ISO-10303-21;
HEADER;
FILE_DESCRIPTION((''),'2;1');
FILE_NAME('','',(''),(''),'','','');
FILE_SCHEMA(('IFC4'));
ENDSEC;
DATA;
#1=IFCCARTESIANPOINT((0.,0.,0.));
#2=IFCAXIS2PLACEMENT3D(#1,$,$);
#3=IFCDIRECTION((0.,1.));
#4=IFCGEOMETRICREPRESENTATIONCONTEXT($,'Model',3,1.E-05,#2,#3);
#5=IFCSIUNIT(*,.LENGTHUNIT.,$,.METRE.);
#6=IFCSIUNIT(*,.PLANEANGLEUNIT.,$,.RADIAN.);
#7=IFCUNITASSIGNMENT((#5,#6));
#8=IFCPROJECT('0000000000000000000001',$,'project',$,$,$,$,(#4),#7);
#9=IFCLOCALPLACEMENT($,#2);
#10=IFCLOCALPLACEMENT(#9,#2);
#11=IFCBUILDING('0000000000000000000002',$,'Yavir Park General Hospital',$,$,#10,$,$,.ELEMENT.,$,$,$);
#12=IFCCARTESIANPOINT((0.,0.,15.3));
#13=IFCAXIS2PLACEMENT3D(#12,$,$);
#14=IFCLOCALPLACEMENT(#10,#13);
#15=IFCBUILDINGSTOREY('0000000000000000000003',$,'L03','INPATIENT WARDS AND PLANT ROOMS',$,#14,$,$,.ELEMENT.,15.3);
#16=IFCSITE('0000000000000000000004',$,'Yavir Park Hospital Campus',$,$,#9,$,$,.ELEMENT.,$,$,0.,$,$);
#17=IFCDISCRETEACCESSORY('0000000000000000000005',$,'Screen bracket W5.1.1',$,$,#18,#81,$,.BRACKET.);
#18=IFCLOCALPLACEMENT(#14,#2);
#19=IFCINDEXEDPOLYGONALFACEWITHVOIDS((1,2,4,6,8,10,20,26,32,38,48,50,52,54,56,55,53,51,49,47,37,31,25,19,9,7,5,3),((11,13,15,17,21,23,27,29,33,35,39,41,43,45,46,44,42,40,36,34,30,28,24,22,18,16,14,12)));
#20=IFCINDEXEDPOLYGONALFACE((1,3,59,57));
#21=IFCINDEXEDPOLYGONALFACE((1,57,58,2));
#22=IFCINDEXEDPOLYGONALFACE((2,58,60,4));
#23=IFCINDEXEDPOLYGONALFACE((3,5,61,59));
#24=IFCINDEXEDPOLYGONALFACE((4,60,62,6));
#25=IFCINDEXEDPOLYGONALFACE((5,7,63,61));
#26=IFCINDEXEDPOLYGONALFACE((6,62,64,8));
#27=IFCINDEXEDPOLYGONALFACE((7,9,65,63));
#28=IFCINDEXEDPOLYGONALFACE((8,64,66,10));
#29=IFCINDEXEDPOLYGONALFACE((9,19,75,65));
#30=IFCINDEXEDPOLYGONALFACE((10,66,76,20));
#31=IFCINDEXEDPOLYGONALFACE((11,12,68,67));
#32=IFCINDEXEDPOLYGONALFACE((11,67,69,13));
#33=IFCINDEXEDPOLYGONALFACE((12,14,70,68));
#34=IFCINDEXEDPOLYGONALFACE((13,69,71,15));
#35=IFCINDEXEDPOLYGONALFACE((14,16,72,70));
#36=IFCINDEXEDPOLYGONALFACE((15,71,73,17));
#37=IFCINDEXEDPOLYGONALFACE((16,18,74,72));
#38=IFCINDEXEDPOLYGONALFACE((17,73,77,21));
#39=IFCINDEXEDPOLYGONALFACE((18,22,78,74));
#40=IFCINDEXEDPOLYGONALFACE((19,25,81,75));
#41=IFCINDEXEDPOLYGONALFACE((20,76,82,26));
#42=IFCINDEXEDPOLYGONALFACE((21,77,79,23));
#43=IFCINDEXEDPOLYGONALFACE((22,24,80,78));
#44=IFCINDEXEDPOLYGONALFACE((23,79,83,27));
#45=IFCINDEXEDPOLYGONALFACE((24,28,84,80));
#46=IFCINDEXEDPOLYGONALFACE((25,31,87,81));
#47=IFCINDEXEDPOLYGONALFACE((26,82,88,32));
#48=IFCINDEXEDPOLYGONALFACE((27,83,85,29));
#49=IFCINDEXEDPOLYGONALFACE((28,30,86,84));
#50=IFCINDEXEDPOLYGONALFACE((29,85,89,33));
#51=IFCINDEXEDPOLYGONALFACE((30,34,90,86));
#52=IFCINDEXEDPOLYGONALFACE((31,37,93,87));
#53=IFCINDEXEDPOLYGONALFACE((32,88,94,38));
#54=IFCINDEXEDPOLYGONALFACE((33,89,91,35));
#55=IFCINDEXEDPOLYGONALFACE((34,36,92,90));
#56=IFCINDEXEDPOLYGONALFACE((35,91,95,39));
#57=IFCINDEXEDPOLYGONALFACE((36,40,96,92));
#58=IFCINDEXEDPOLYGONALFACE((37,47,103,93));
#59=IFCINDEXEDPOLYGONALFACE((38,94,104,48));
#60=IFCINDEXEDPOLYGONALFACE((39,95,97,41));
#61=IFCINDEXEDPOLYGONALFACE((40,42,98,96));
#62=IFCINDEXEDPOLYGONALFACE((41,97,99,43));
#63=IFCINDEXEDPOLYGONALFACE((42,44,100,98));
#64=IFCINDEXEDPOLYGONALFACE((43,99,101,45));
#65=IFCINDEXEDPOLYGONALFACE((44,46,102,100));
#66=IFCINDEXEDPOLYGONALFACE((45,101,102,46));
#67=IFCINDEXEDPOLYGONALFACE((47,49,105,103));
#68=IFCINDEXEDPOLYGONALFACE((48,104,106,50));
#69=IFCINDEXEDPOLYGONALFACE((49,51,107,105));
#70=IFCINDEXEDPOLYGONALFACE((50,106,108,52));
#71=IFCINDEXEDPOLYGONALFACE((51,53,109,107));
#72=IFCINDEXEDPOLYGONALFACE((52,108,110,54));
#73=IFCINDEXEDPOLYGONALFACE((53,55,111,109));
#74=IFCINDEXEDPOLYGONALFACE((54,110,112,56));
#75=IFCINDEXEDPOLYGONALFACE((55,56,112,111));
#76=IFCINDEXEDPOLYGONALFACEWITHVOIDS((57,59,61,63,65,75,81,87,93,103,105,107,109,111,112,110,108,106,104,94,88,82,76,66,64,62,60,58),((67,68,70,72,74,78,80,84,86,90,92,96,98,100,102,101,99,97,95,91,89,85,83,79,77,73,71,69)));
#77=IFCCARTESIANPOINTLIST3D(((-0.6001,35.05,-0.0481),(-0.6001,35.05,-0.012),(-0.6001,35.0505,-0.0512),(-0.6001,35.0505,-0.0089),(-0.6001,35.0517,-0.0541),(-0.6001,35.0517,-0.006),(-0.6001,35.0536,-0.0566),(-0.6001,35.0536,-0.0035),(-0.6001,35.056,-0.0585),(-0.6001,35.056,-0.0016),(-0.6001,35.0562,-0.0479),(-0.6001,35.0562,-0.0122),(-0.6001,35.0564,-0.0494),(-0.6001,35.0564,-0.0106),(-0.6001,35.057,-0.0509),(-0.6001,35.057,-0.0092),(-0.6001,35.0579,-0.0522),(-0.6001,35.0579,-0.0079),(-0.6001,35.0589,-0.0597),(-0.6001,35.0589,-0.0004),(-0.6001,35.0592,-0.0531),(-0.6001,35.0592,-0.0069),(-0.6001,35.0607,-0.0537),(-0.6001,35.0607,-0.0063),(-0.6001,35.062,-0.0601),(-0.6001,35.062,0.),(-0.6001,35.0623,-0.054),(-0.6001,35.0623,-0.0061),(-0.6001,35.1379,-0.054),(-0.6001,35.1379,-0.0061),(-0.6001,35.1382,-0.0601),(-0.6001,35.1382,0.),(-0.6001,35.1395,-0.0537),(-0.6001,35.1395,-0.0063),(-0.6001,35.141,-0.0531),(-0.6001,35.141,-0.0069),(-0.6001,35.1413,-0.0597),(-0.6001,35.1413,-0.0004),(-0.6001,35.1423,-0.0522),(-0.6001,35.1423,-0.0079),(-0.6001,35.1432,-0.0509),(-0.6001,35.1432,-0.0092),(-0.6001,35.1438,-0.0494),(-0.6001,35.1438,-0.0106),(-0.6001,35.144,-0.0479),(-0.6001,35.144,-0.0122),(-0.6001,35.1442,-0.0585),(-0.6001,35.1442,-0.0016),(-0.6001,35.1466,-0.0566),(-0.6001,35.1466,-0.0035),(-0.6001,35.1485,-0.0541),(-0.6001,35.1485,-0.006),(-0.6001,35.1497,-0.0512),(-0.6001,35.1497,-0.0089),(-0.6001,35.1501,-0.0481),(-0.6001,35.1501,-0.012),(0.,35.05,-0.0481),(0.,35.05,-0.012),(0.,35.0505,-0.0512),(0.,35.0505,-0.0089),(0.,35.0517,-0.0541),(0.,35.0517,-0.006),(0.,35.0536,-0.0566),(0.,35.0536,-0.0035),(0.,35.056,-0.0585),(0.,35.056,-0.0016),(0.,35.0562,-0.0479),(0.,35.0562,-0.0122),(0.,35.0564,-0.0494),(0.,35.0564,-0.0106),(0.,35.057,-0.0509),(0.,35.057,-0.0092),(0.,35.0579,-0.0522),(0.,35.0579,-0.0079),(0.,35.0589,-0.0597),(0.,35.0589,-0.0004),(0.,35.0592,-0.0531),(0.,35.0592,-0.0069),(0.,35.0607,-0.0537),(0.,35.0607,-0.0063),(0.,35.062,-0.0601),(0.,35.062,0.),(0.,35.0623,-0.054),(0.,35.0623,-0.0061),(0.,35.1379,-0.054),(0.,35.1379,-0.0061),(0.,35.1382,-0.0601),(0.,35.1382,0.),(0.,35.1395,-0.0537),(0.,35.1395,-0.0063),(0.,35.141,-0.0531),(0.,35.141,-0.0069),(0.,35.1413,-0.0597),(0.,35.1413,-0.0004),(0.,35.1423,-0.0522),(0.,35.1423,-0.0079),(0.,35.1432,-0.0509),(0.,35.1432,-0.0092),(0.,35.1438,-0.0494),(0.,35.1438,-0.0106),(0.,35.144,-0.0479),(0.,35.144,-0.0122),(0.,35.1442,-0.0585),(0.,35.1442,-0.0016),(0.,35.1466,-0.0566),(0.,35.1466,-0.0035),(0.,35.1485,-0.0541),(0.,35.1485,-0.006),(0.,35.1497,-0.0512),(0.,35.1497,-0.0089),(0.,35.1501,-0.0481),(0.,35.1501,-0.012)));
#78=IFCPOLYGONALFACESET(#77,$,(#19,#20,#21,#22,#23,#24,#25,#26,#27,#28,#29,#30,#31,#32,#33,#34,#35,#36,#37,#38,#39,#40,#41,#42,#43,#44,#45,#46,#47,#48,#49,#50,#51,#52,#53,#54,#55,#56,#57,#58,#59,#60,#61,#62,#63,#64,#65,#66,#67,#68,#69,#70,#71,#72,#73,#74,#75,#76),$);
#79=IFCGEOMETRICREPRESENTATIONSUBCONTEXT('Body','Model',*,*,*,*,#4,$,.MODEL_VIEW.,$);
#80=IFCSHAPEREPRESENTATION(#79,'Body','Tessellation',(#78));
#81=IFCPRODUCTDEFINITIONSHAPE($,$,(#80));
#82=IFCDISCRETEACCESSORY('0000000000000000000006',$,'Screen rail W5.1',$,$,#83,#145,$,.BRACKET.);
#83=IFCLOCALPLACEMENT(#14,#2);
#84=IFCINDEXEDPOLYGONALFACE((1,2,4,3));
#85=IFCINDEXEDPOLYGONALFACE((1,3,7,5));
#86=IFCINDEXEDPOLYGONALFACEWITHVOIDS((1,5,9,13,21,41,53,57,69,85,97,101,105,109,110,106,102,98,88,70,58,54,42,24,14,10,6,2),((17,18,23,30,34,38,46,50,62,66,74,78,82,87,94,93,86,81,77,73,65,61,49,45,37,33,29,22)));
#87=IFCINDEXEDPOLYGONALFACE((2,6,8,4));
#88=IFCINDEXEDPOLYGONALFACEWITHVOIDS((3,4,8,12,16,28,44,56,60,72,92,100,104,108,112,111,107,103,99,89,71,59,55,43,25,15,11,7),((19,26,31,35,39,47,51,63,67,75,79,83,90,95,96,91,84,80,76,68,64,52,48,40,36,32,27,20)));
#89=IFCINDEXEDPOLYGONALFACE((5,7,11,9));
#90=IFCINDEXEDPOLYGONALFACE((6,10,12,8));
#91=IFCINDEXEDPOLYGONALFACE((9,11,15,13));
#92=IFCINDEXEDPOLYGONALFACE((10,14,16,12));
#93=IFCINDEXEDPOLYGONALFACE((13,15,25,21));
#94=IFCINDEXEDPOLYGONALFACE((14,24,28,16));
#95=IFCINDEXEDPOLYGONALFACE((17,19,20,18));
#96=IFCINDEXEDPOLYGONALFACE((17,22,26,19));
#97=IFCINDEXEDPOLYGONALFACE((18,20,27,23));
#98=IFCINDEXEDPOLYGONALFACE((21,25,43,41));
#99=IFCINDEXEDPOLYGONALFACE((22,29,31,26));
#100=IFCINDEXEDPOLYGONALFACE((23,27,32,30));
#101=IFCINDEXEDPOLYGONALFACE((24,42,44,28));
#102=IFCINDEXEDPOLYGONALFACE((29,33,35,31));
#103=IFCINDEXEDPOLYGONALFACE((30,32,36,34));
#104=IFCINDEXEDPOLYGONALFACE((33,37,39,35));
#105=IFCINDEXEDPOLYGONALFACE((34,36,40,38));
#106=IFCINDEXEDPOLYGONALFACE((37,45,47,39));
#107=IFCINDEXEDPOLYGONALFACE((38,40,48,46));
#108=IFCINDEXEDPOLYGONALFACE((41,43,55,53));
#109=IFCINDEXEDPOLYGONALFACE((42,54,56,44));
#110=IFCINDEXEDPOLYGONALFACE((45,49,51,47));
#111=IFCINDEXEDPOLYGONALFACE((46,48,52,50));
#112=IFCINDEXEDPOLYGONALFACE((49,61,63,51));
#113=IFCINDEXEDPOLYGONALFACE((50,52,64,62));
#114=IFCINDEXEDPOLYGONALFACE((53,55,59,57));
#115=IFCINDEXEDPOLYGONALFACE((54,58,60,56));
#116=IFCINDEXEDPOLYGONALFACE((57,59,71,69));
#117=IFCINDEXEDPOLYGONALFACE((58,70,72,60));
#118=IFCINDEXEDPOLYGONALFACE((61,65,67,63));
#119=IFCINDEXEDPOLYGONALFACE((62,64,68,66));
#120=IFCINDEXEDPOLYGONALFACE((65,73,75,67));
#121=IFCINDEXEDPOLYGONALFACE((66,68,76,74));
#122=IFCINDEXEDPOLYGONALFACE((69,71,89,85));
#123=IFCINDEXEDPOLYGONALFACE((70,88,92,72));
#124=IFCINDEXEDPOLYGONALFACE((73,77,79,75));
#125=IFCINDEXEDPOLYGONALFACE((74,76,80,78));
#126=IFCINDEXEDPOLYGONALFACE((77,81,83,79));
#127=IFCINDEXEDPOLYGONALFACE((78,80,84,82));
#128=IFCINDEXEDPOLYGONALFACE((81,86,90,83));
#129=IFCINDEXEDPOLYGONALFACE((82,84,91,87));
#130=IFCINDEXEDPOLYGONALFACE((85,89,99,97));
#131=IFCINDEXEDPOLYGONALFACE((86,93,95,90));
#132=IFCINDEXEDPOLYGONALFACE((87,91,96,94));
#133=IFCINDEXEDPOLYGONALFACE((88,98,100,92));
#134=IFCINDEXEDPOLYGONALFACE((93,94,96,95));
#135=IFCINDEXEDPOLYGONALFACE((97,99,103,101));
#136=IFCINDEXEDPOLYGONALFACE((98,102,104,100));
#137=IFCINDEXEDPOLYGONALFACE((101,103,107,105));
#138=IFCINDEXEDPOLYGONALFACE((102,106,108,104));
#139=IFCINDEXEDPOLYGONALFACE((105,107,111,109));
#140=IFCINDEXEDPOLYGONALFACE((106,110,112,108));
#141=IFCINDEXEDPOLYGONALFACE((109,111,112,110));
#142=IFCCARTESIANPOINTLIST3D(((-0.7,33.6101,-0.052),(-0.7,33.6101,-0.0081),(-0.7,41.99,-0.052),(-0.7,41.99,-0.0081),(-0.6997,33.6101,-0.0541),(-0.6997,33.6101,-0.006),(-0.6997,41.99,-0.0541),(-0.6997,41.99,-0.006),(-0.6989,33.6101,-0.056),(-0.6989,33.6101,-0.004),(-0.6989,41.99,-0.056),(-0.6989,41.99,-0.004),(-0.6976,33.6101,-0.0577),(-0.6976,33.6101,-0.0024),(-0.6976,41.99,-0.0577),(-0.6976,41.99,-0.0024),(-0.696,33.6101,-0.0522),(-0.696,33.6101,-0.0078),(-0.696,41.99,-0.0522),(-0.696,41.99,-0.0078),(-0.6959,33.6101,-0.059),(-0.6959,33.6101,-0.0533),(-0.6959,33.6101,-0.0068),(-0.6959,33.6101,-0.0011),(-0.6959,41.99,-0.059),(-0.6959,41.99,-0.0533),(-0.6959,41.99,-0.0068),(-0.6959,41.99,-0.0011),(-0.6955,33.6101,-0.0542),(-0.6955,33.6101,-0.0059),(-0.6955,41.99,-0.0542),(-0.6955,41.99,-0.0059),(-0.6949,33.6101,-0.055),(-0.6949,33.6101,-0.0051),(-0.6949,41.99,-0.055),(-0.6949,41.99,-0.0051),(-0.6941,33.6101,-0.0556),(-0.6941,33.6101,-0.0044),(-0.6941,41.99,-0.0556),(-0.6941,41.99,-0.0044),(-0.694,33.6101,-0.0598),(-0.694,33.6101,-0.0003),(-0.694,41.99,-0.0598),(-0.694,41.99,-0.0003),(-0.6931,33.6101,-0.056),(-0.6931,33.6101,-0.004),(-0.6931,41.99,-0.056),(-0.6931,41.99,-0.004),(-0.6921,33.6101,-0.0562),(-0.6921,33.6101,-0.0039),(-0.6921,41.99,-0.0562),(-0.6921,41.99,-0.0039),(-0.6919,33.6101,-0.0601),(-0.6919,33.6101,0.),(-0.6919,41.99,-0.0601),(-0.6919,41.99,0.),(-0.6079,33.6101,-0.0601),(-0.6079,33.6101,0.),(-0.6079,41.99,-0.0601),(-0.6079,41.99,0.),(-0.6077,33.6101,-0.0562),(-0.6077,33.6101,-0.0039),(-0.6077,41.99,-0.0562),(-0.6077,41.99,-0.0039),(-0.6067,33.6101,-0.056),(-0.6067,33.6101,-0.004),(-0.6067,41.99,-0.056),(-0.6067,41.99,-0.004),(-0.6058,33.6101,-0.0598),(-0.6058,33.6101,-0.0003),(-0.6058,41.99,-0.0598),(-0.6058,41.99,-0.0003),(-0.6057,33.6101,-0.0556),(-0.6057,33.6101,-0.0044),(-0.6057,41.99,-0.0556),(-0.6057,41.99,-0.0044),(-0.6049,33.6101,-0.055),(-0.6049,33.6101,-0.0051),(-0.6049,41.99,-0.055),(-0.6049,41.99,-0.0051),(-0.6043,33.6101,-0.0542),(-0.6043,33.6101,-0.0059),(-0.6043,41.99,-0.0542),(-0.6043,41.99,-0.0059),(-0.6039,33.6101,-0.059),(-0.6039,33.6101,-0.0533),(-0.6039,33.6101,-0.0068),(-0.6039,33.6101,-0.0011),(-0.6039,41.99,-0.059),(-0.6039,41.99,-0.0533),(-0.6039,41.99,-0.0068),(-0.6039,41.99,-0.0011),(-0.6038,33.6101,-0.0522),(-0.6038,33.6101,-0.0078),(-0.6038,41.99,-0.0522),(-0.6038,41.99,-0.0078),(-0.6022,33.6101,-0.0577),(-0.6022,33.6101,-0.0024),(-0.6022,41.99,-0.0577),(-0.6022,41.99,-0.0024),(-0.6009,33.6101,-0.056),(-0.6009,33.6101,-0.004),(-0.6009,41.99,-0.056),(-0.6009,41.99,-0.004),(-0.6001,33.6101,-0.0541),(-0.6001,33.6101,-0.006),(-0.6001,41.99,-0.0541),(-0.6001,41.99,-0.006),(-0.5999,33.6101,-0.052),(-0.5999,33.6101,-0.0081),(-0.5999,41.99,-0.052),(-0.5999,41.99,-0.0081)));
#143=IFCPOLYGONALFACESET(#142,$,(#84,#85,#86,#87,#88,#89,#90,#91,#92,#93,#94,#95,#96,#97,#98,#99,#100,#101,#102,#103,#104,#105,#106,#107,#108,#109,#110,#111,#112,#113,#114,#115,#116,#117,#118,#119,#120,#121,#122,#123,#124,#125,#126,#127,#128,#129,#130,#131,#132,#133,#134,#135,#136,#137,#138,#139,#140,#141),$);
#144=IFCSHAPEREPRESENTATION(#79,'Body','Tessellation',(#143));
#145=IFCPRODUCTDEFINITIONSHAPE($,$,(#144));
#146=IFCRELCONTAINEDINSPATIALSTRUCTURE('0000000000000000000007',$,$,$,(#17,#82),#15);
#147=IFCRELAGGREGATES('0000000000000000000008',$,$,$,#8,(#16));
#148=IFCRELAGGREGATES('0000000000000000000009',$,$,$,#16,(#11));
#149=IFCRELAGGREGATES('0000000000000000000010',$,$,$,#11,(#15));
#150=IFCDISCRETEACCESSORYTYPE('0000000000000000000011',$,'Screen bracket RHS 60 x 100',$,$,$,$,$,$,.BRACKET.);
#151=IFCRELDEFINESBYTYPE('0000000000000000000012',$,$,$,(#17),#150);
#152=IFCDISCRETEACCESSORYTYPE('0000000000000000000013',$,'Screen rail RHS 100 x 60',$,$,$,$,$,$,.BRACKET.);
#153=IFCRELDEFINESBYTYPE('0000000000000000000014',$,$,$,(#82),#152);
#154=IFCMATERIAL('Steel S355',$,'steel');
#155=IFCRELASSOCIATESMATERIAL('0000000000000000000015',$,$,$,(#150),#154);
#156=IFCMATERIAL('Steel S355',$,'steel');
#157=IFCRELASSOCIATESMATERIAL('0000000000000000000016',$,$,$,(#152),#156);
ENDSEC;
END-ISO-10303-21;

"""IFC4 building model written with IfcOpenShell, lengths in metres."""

from ifc_helpers import new_model, si_unit, direction, frame, origin, origin_2d, place, context, subcontext, project, spatial, hollow_rectangle, extrude, material, material_profile, profile_set, type_object, element, save


model = new_model("IFC4")

# Units and contexts
model_context = context("Model", 3, precision=1e-05, world=origin(), true_north=direction((0.0, 1.0)))
body_context = subcontext(model_context, "Body", "Model", "MODEL_VIEW")
ifc_project = project(units=[si_unit("LENGTHUNIT", "METRE"), si_unit("PLANEANGLEUNIT", "RADIAN")], contexts=[model_context])

# Site, building, storey
site_placement = place(None, origin())
site = spatial("IfcSite", under=ifc_project, at=site_placement, Name="Yavir Park Hospital Campus", CompositionType="ELEMENT", RefElevation=0.0)
building_placement = place(site_placement, origin())
building = spatial("IfcBuilding", under=site, at=building_placement, Name="Yavir Park General Hospital", CompositionType="ELEMENT")
storey_placement = place(building_placement, frame((0.0, 0.0, 15.3)))
storey = spatial("IfcBuildingStorey", under=building, at=storey_placement, Name="L03", Description="INPATIENT WARDS AND PLANT ROOMS", CompositionType="ELEMENT", Elevation=15.3)

# Discrete accessories
ifc_material_1 = material(Name="Steel S355", Category="steel")
ifc_material_profile_1 = material_profile(ifc_material_1, hollow_rectangle(XDim=0.1001, YDim=0.0601, WallThickness=0.0061, InnerFilletRadius=0.0061, OuterFilletRadius=0.012, at=origin_2d()), Name="RHS60x100x6")
ifc_profile_set_1 = profile_set([ifc_material_profile_1], Name="Steel S355")
discrete_accessory_type_1 = type_object("IfcDiscreteAccessoryType", Name="Screen bracket RHS 60 x 100", PredefinedType="BRACKET", material=ifc_profile_set_1)
discrete_accessory_1_placement = place(storey_placement, frame((0.0, 35.1001, -0.03), z_axis=(-1.0, 0.0, 0.0), x_axis=(0.0, -1.0, 0.0)))
element("IfcDiscreteAccessory", 1, at=discrete_accessory_1_placement, inside=storey, type_object=discrete_accessory_type_1, Name="Screen bracket W5.1.1", PredefinedType="BRACKET", context=body_context, shape_type="SweptSolid", body=[
    extrude(hollow_rectangle(XDim=0.1001, YDim=0.0601, WallThickness=0.0061, InnerFilletRadius=0.0061, OuterFilletRadius=0.012, at=origin_2d()), origin(), (0.0, 0.0, 1.0), 0.6001),
])
ifc_material_2 = material(Name="Steel S355", Category="steel")
ifc_material_profile_2 = material_profile(ifc_material_2, hollow_rectangle(XDim=0.1001, YDim=0.0601, WallThickness=0.0039, InnerFilletRadius=0.0039, OuterFilletRadius=0.0081, at=origin_2d()), Name="RHS60x100x4")
ifc_profile_set_2 = profile_set([ifc_material_profile_2], Name="Steel S355")
discrete_accessory_type_2 = type_object("IfcDiscreteAccessoryType", Name="Screen rail RHS 100 x 60", PredefinedType="BRACKET", material=ifc_profile_set_2)
discrete_accessory_2_placement = place(storey_placement, frame((-0.6499, 33.6101, -0.03), z_axis=(0.0, 1.0, 0.0), x_axis=(-1.0, 0.0, 0.0)))
element("IfcDiscreteAccessory", 2, at=discrete_accessory_2_placement, inside=storey, type_object=discrete_accessory_type_2, Name="Screen rail W5.1", PredefinedType="BRACKET", context=body_context, shape_type="SweptSolid", body=[
    extrude(hollow_rectangle(XDim=0.1001, YDim=0.0601, WallThickness=0.0039, InnerFilletRadius=0.0039, OuterFilletRadius=0.0081, at=origin_2d()), origin(), (0.0, 0.0, 1.0), 8.3799),
])

save(model, "model.ifc")
